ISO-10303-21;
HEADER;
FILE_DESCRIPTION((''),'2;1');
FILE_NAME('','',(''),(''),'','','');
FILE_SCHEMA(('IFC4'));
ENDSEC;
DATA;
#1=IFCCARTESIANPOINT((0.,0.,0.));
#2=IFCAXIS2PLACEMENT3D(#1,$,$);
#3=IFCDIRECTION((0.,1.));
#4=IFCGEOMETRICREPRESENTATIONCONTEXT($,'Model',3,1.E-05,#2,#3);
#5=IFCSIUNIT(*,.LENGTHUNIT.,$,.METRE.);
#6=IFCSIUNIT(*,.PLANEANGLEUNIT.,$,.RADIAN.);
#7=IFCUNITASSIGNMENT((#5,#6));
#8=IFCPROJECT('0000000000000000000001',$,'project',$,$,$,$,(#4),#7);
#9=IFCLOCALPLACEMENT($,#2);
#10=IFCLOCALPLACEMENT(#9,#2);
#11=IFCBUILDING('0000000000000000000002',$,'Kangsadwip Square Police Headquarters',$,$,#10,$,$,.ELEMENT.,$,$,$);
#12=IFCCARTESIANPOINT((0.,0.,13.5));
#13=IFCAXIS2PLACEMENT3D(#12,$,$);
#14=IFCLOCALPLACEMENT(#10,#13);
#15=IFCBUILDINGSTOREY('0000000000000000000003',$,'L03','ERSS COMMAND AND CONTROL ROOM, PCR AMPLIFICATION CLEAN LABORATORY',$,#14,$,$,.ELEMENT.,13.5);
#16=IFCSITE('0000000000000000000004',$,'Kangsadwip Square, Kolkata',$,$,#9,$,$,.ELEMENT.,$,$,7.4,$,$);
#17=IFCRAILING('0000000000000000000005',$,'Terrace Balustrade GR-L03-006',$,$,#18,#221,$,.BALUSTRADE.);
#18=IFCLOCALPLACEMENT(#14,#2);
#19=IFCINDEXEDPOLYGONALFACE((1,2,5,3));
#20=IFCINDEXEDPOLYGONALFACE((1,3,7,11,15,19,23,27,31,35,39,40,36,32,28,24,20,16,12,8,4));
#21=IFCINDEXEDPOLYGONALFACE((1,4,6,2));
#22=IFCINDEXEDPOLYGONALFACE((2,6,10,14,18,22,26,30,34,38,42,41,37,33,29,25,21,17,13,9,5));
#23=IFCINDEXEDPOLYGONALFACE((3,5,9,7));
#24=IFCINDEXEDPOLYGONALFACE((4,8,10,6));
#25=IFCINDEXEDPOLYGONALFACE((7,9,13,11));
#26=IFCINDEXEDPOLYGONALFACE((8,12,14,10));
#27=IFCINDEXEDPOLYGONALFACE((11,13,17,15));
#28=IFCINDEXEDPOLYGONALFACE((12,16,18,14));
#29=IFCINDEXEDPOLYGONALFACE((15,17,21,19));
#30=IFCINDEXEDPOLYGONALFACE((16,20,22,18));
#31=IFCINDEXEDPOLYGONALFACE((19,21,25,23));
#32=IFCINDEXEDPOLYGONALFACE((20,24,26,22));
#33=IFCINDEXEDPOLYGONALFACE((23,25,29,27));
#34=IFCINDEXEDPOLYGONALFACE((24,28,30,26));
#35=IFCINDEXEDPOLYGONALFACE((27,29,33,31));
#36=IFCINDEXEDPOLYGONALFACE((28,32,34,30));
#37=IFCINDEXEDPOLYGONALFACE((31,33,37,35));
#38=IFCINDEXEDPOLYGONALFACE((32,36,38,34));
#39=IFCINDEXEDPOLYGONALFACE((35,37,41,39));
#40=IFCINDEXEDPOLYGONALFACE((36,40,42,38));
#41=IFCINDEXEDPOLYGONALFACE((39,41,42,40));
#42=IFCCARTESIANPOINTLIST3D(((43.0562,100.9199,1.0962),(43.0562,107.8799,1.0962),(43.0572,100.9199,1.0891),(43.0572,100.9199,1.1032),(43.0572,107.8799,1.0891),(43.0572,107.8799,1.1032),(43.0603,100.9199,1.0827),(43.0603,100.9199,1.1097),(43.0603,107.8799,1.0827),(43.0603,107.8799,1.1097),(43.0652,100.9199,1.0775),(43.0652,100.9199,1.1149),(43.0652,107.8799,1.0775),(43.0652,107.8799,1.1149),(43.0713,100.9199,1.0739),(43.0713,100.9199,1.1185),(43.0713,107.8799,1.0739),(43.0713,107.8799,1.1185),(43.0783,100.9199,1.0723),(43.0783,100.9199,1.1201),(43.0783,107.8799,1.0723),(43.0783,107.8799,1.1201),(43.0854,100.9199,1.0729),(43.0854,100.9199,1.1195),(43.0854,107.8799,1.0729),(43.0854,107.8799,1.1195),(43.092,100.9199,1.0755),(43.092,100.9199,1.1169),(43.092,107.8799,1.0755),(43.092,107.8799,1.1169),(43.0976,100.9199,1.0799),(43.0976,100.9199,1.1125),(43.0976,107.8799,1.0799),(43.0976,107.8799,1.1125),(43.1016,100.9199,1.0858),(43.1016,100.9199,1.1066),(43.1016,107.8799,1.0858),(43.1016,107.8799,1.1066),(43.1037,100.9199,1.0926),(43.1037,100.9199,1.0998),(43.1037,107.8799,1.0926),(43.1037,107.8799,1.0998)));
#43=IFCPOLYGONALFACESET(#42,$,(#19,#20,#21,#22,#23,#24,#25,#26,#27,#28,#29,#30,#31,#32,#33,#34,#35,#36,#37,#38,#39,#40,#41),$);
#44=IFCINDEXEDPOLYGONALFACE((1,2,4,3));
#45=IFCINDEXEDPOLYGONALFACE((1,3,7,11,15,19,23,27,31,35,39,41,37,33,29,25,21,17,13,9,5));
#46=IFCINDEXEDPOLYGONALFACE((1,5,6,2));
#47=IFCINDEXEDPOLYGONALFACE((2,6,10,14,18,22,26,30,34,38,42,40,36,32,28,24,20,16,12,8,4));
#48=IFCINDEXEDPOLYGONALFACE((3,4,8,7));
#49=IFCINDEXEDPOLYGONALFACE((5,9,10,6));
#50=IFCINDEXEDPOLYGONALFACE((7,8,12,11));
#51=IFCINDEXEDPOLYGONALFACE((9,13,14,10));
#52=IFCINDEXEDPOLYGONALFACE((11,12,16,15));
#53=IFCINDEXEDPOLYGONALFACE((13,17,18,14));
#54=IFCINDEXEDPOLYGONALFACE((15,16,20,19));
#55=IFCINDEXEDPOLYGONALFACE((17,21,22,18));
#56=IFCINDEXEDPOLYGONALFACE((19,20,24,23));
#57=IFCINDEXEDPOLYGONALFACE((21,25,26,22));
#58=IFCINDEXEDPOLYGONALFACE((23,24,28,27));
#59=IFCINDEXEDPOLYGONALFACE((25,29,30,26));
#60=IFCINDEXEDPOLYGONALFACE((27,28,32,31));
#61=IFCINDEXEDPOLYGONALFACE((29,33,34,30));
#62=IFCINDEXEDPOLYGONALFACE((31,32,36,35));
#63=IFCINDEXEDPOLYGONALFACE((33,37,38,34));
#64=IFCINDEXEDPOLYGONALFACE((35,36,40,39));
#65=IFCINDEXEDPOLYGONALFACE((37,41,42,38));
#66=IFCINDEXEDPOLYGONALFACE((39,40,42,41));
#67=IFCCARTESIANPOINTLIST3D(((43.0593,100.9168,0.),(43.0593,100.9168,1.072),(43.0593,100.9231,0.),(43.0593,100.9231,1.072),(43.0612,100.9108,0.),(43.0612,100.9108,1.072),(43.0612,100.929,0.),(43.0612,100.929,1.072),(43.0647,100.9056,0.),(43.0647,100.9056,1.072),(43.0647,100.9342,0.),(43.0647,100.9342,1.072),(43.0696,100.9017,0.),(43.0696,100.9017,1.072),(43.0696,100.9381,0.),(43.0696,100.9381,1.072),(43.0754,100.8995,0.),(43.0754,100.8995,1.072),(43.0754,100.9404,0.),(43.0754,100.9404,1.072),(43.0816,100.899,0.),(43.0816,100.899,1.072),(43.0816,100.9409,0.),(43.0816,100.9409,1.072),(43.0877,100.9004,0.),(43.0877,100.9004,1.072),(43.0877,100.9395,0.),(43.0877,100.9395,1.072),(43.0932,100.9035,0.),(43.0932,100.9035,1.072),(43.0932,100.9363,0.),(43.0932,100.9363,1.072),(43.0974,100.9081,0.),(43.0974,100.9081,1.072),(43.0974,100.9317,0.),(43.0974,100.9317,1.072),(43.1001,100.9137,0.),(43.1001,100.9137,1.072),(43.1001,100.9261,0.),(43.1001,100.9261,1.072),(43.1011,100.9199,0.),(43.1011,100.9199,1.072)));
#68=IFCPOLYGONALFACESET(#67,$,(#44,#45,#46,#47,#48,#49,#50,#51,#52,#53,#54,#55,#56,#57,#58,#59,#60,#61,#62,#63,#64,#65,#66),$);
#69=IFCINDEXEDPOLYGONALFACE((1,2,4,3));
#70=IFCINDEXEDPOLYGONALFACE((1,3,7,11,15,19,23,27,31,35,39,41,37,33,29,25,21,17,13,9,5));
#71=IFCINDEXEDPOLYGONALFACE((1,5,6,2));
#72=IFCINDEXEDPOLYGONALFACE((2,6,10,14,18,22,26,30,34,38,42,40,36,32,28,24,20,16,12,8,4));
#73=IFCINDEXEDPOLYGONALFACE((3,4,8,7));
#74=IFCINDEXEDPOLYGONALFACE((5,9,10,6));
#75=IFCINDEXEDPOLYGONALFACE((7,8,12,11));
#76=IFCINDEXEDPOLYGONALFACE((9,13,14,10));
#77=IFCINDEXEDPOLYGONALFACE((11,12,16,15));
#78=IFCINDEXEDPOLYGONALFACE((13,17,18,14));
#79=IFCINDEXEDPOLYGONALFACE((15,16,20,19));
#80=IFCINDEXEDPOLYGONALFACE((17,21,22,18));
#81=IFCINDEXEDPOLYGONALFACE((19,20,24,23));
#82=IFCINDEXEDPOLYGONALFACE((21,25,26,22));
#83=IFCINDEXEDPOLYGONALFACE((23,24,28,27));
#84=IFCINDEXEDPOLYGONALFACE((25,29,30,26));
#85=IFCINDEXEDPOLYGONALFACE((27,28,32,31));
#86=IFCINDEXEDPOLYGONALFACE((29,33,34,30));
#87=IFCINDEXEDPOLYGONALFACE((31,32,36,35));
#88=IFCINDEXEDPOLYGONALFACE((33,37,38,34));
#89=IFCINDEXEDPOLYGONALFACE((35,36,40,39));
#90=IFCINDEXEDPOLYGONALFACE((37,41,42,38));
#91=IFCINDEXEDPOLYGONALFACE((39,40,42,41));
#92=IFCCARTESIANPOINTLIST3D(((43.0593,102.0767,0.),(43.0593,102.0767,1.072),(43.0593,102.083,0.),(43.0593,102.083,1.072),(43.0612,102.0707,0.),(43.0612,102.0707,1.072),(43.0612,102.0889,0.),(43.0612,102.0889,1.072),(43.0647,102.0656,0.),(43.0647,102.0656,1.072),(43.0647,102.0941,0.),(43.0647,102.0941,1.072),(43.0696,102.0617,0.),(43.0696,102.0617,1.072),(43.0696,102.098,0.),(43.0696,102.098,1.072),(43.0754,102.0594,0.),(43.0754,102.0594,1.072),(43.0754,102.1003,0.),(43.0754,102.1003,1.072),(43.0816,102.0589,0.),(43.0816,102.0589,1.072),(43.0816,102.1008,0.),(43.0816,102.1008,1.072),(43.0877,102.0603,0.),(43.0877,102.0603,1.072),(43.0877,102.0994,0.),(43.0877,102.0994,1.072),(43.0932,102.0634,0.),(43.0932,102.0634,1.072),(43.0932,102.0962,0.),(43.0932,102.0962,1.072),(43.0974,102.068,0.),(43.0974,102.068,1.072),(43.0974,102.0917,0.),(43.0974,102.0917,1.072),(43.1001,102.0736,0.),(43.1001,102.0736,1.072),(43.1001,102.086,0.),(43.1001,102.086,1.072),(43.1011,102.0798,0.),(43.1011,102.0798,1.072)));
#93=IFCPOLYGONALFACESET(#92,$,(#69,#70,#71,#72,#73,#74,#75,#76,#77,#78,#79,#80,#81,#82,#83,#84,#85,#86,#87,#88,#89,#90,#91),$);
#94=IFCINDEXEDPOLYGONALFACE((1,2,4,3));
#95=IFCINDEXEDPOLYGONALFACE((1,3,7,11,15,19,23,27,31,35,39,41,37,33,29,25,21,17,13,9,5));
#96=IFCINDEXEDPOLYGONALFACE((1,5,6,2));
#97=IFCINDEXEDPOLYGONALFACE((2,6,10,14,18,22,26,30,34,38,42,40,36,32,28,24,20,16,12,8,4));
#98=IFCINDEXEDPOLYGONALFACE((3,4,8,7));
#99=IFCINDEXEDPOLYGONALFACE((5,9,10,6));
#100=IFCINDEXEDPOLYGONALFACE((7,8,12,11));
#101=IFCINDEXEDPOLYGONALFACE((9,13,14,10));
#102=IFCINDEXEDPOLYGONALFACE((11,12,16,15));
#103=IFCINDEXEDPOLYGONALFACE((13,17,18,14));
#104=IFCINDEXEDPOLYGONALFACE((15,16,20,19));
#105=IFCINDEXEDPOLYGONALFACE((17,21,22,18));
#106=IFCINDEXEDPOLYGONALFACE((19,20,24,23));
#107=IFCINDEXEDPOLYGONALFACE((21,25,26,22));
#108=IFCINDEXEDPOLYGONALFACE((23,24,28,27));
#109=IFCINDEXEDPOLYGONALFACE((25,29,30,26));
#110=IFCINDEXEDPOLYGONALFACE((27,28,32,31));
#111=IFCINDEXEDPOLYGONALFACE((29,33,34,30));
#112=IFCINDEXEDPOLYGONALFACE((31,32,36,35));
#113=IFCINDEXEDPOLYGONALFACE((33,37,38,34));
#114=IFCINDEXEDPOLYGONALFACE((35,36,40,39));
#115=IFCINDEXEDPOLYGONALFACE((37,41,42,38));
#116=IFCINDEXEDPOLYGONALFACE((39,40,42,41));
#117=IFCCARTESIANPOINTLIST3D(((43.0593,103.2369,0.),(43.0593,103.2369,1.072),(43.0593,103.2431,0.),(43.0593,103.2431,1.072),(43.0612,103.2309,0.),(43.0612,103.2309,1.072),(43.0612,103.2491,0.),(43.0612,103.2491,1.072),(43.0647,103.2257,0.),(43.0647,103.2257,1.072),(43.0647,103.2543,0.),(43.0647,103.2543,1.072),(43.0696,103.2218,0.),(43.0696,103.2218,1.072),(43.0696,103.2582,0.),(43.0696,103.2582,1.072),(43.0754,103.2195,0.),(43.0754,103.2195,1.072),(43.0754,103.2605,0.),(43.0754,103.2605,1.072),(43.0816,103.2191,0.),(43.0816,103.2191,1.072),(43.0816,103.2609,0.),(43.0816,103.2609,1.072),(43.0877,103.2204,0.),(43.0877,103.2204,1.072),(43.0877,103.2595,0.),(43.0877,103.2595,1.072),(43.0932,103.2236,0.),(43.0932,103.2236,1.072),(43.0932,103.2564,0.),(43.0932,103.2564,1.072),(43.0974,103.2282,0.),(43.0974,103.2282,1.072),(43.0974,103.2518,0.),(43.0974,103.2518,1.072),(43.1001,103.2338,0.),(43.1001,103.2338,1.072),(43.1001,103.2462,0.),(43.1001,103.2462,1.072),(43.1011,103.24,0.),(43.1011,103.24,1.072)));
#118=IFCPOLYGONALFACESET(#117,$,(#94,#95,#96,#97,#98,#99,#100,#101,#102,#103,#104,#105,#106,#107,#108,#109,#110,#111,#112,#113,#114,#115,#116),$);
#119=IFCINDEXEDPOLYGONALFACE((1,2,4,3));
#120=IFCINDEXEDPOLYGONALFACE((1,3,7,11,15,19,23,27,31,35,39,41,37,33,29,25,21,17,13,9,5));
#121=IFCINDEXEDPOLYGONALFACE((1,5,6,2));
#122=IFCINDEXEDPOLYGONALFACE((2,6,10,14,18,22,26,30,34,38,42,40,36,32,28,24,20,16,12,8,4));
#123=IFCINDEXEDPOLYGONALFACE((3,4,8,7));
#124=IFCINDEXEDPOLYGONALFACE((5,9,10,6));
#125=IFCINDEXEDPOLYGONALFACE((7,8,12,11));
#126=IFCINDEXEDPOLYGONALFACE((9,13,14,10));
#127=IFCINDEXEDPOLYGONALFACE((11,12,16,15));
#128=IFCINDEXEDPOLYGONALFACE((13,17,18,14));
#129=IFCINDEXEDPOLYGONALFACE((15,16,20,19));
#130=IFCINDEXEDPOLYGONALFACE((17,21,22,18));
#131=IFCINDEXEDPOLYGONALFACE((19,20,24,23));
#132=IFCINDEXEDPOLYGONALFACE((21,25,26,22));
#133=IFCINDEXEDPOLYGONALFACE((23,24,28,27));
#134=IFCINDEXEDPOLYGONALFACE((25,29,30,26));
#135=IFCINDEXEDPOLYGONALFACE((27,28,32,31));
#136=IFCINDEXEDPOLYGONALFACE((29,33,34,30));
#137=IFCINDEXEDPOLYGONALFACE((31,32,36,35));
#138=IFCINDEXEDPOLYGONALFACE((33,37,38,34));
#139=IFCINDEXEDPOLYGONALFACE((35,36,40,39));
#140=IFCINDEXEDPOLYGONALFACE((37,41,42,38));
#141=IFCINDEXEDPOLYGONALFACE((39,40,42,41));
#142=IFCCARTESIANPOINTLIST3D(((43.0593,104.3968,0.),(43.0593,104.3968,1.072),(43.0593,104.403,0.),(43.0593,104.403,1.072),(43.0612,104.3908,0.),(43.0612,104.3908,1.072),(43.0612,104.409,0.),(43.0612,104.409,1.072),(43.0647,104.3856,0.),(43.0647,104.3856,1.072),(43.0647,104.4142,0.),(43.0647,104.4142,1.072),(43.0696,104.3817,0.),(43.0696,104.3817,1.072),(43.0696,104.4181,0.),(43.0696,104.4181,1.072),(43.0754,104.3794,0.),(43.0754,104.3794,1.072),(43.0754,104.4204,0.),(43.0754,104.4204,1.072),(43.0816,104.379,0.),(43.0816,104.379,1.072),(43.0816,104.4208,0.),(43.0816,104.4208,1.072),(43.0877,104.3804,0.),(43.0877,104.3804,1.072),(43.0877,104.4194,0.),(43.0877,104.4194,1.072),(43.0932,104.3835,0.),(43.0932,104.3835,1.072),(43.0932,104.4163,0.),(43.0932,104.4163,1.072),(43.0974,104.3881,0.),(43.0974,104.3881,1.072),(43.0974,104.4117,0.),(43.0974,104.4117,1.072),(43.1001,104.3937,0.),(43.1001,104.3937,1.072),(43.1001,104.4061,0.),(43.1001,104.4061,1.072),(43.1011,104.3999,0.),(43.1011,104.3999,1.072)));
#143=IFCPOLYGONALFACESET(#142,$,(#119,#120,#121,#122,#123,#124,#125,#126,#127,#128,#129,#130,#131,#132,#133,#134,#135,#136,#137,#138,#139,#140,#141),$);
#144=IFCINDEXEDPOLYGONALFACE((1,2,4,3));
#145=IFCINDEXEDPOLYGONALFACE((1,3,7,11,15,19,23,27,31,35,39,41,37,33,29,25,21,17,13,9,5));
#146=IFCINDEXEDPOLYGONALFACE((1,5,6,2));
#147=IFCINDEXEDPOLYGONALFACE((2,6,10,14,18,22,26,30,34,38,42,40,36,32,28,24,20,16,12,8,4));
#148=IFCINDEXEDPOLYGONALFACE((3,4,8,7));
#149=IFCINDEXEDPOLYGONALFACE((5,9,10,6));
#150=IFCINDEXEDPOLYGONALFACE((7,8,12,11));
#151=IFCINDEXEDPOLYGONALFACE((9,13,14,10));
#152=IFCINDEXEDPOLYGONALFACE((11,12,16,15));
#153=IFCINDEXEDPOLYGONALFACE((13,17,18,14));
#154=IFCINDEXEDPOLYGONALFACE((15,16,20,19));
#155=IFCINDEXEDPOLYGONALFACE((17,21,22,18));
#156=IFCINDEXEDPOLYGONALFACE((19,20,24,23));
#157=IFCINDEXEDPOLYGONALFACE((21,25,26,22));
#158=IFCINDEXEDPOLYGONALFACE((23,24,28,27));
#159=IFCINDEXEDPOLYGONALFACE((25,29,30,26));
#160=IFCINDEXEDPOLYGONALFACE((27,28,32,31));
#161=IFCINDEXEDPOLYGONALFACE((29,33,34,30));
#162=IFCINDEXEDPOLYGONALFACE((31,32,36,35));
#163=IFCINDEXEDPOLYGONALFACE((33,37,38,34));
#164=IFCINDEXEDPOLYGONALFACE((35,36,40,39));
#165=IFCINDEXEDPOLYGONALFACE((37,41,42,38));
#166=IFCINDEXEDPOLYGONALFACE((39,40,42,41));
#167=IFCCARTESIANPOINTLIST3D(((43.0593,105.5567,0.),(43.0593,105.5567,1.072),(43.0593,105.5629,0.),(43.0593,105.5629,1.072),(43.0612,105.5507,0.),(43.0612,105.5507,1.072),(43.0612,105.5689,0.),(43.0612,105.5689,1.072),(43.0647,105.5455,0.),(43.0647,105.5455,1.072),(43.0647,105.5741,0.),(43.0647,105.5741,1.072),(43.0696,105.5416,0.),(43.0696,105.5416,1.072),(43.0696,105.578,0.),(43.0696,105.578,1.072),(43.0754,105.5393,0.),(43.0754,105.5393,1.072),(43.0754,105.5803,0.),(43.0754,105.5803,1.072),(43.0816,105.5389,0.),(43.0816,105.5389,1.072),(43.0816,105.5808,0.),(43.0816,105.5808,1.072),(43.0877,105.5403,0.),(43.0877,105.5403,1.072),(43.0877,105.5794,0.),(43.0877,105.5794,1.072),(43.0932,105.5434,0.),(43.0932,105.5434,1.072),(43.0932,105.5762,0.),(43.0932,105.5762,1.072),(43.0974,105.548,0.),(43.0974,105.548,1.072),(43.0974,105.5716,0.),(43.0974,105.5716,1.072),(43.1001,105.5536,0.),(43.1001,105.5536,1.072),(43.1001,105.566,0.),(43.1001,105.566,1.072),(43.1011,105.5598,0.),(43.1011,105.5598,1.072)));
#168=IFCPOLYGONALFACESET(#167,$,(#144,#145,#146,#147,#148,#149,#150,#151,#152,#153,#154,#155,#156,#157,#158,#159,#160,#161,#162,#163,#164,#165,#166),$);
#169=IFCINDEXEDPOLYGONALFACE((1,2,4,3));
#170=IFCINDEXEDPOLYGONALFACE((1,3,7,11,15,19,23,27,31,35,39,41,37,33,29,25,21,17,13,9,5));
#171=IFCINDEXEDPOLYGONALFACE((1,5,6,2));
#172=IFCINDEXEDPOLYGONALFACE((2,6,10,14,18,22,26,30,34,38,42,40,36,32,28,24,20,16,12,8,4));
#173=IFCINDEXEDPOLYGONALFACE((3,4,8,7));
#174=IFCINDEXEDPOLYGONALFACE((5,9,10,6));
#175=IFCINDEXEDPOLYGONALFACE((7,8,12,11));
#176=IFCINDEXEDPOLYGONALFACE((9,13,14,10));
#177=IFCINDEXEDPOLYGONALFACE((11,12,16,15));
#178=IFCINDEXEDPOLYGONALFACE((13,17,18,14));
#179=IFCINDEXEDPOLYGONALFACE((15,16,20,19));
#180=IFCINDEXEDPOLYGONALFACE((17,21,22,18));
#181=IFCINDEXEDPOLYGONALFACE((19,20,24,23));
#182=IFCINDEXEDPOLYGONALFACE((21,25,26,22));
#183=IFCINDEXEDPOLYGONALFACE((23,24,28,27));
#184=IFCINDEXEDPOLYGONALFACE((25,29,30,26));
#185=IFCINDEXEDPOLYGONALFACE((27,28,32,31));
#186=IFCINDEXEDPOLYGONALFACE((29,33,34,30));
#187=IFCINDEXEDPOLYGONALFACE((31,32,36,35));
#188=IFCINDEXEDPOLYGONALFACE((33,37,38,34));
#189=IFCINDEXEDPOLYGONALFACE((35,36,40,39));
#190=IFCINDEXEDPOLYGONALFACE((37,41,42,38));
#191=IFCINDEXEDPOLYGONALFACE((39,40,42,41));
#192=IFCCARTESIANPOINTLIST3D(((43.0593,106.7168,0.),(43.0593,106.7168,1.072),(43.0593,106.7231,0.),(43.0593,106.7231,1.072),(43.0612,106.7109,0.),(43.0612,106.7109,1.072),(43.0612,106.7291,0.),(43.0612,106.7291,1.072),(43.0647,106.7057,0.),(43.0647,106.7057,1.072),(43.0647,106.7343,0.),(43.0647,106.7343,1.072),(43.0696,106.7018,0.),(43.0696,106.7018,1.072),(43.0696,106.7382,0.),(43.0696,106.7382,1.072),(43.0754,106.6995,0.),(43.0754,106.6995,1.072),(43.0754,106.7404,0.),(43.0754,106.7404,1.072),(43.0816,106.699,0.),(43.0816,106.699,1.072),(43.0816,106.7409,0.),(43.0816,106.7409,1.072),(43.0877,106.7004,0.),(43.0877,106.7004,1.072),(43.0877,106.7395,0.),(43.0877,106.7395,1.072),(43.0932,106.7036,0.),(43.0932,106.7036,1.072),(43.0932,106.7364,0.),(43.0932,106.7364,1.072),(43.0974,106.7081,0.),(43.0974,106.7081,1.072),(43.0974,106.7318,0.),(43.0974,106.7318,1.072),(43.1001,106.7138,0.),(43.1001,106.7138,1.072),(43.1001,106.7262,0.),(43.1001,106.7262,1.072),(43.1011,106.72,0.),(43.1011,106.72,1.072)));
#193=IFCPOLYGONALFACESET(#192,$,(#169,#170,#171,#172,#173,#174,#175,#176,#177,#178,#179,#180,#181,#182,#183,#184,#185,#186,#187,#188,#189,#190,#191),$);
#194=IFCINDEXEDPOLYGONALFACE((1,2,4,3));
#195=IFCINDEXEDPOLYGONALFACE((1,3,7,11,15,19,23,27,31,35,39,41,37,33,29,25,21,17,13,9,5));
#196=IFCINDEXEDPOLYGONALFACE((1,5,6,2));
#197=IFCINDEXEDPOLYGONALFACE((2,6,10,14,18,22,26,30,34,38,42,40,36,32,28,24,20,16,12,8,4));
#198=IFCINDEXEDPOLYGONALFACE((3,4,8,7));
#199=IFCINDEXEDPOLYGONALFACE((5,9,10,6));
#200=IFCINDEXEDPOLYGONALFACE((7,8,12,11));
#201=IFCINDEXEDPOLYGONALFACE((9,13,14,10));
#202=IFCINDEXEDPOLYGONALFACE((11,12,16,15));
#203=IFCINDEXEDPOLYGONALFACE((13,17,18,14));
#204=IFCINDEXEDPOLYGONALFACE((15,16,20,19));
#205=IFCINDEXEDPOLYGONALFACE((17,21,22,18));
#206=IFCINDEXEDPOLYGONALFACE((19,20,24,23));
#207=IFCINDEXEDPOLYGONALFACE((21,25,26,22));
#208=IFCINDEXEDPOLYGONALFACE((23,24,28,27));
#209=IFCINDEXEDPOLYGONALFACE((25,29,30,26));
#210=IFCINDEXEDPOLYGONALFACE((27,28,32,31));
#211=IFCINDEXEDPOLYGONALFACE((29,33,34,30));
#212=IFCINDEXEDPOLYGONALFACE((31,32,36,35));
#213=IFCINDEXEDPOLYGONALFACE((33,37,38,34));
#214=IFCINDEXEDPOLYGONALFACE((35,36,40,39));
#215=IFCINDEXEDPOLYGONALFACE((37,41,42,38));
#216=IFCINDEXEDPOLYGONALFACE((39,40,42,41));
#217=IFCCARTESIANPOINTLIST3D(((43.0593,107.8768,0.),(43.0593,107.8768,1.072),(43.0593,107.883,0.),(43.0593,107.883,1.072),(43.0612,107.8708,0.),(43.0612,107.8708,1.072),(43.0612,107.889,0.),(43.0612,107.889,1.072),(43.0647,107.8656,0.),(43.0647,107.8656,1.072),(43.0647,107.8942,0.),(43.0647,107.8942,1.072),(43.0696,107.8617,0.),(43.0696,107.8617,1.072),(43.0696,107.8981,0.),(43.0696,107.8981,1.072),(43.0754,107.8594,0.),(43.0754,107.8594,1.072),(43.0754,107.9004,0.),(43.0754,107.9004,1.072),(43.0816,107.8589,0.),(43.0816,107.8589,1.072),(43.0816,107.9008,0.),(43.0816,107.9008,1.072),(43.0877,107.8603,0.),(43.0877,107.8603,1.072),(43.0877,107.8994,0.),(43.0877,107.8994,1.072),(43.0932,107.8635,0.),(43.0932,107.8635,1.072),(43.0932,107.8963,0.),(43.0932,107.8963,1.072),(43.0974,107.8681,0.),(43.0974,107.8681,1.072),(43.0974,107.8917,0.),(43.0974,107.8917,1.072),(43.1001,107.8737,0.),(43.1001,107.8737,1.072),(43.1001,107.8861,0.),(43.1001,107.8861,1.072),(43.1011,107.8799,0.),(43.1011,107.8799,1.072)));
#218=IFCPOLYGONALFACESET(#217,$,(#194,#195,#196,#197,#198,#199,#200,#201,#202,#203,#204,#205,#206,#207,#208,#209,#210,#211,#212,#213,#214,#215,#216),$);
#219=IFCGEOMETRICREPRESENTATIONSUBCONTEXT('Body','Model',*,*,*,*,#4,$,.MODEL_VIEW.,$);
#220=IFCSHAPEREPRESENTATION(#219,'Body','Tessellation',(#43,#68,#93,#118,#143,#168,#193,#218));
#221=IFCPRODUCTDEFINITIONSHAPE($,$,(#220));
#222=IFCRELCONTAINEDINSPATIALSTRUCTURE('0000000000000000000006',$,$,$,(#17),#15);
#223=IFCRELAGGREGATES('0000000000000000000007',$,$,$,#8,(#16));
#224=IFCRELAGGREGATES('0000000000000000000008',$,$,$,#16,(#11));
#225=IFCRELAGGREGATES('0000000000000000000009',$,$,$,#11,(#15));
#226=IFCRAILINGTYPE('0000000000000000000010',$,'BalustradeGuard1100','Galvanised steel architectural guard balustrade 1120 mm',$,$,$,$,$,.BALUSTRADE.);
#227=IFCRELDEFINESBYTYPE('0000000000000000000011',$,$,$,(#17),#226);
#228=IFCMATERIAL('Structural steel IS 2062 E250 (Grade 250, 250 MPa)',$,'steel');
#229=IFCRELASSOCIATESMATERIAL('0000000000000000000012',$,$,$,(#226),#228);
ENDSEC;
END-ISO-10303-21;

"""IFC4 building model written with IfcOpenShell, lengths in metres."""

from ifc_helpers import new_model, si_unit, direction, frame, origin, origin_2d, place, context, subcontext, project, spatial, circle, extrude, material, type_object, element, save


model = new_model("IFC4")

# Units and contexts
model_context = context("Model", 3, precision=1e-05, world=origin(), true_north=direction((0.0, 1.0)))
body_context = subcontext(model_context, "Body", "Model", "MODEL_VIEW")
ifc_project = project(units=[si_unit("LENGTHUNIT", "METRE"), si_unit("PLANEANGLEUNIT", "RADIAN")], contexts=[model_context])

# Site, building, storey
site_placement = place(None, origin())
site = spatial("IfcSite", under=ifc_project, at=site_placement, Name="Kangsadwip Square, Kolkata", CompositionType="ELEMENT", RefElevation=7.4)
building_placement = place(site_placement, origin())
building = spatial("IfcBuilding", under=site, at=building_placement, Name="Kangsadwip Square Police Headquarters", CompositionType="ELEMENT")
storey_placement = place(building_placement, frame((0.0, 0.0, 13.5)))
storey = spatial("IfcBuildingStorey", under=building, at=storey_placement, Name="L03", Description="ERSS COMMAND AND CONTROL ROOM, PCR AMPLIFICATION CLEAN LABORATORY", CompositionType="ELEMENT", Elevation=13.5)

# Railing
ifc_material_1 = material(Name="Structural steel IS 2062 E250 (Grade 250, 250 MPa)", Category="steel")
railing_type = type_object("IfcRailingType", Name="BalustradeGuard1100", Description="Galvanised steel architectural guard balustrade 1120 mm", PredefinedType="BALUSTRADE", material=ifc_material_1)
for number, where, name in (
    (1, (43.0801, 100.9199, 0.0), "Terrace Balustrade GR-L03-006"),
):
    element("IfcRailing", number, at=place(storey_placement, frame(where)), inside=storey, type_object=railing_type, Name=name, PredefinedType="BALUSTRADE", context=body_context, shape_type="SweptSolid", body=[
        extrude(circle(Radius=0.0239, at=origin_2d()), frame((0.0, 0.0, 1.0962), z_axis=(0.0, 1.0, 0.0), x_axis=(-1.0, 0.0, 0.0)), (0.0, 0.0, 1.0), 6.96),
        extrude(circle(Radius=0.021, at=origin_2d()), origin(), (0.0, 0.0, 1.0), 1.072),
        extrude(circle(Radius=0.021, at=origin_2d()), frame((0.0, 1.1599, 0.0)), (0.0, 0.0, 1.0), 1.072),
        extrude(circle(Radius=0.021, at=origin_2d()), frame((0.0, 2.3201, 0.0)), (0.0, 0.0, 1.0), 1.072),
        extrude(circle(Radius=0.021, at=origin_2d()), frame((0.0, 3.48, 0.0)), (0.0, 0.0, 1.0), 1.072),
        extrude(circle(Radius=0.021, at=origin_2d()), frame((0.0, 4.6399, 0.0)), (0.0, 0.0, 1.0), 1.072),
        extrude(circle(Radius=0.021, at=origin_2d()), frame((0.0, 5.8, 0.0)), (0.0, 0.0, 1.0), 1.072),
        extrude(circle(Radius=0.021, at=origin_2d()), frame((0.0, 6.96, 0.0)), (0.0, 0.0, 1.0), 1.072),
    ])

save(model, "model.ifc")
